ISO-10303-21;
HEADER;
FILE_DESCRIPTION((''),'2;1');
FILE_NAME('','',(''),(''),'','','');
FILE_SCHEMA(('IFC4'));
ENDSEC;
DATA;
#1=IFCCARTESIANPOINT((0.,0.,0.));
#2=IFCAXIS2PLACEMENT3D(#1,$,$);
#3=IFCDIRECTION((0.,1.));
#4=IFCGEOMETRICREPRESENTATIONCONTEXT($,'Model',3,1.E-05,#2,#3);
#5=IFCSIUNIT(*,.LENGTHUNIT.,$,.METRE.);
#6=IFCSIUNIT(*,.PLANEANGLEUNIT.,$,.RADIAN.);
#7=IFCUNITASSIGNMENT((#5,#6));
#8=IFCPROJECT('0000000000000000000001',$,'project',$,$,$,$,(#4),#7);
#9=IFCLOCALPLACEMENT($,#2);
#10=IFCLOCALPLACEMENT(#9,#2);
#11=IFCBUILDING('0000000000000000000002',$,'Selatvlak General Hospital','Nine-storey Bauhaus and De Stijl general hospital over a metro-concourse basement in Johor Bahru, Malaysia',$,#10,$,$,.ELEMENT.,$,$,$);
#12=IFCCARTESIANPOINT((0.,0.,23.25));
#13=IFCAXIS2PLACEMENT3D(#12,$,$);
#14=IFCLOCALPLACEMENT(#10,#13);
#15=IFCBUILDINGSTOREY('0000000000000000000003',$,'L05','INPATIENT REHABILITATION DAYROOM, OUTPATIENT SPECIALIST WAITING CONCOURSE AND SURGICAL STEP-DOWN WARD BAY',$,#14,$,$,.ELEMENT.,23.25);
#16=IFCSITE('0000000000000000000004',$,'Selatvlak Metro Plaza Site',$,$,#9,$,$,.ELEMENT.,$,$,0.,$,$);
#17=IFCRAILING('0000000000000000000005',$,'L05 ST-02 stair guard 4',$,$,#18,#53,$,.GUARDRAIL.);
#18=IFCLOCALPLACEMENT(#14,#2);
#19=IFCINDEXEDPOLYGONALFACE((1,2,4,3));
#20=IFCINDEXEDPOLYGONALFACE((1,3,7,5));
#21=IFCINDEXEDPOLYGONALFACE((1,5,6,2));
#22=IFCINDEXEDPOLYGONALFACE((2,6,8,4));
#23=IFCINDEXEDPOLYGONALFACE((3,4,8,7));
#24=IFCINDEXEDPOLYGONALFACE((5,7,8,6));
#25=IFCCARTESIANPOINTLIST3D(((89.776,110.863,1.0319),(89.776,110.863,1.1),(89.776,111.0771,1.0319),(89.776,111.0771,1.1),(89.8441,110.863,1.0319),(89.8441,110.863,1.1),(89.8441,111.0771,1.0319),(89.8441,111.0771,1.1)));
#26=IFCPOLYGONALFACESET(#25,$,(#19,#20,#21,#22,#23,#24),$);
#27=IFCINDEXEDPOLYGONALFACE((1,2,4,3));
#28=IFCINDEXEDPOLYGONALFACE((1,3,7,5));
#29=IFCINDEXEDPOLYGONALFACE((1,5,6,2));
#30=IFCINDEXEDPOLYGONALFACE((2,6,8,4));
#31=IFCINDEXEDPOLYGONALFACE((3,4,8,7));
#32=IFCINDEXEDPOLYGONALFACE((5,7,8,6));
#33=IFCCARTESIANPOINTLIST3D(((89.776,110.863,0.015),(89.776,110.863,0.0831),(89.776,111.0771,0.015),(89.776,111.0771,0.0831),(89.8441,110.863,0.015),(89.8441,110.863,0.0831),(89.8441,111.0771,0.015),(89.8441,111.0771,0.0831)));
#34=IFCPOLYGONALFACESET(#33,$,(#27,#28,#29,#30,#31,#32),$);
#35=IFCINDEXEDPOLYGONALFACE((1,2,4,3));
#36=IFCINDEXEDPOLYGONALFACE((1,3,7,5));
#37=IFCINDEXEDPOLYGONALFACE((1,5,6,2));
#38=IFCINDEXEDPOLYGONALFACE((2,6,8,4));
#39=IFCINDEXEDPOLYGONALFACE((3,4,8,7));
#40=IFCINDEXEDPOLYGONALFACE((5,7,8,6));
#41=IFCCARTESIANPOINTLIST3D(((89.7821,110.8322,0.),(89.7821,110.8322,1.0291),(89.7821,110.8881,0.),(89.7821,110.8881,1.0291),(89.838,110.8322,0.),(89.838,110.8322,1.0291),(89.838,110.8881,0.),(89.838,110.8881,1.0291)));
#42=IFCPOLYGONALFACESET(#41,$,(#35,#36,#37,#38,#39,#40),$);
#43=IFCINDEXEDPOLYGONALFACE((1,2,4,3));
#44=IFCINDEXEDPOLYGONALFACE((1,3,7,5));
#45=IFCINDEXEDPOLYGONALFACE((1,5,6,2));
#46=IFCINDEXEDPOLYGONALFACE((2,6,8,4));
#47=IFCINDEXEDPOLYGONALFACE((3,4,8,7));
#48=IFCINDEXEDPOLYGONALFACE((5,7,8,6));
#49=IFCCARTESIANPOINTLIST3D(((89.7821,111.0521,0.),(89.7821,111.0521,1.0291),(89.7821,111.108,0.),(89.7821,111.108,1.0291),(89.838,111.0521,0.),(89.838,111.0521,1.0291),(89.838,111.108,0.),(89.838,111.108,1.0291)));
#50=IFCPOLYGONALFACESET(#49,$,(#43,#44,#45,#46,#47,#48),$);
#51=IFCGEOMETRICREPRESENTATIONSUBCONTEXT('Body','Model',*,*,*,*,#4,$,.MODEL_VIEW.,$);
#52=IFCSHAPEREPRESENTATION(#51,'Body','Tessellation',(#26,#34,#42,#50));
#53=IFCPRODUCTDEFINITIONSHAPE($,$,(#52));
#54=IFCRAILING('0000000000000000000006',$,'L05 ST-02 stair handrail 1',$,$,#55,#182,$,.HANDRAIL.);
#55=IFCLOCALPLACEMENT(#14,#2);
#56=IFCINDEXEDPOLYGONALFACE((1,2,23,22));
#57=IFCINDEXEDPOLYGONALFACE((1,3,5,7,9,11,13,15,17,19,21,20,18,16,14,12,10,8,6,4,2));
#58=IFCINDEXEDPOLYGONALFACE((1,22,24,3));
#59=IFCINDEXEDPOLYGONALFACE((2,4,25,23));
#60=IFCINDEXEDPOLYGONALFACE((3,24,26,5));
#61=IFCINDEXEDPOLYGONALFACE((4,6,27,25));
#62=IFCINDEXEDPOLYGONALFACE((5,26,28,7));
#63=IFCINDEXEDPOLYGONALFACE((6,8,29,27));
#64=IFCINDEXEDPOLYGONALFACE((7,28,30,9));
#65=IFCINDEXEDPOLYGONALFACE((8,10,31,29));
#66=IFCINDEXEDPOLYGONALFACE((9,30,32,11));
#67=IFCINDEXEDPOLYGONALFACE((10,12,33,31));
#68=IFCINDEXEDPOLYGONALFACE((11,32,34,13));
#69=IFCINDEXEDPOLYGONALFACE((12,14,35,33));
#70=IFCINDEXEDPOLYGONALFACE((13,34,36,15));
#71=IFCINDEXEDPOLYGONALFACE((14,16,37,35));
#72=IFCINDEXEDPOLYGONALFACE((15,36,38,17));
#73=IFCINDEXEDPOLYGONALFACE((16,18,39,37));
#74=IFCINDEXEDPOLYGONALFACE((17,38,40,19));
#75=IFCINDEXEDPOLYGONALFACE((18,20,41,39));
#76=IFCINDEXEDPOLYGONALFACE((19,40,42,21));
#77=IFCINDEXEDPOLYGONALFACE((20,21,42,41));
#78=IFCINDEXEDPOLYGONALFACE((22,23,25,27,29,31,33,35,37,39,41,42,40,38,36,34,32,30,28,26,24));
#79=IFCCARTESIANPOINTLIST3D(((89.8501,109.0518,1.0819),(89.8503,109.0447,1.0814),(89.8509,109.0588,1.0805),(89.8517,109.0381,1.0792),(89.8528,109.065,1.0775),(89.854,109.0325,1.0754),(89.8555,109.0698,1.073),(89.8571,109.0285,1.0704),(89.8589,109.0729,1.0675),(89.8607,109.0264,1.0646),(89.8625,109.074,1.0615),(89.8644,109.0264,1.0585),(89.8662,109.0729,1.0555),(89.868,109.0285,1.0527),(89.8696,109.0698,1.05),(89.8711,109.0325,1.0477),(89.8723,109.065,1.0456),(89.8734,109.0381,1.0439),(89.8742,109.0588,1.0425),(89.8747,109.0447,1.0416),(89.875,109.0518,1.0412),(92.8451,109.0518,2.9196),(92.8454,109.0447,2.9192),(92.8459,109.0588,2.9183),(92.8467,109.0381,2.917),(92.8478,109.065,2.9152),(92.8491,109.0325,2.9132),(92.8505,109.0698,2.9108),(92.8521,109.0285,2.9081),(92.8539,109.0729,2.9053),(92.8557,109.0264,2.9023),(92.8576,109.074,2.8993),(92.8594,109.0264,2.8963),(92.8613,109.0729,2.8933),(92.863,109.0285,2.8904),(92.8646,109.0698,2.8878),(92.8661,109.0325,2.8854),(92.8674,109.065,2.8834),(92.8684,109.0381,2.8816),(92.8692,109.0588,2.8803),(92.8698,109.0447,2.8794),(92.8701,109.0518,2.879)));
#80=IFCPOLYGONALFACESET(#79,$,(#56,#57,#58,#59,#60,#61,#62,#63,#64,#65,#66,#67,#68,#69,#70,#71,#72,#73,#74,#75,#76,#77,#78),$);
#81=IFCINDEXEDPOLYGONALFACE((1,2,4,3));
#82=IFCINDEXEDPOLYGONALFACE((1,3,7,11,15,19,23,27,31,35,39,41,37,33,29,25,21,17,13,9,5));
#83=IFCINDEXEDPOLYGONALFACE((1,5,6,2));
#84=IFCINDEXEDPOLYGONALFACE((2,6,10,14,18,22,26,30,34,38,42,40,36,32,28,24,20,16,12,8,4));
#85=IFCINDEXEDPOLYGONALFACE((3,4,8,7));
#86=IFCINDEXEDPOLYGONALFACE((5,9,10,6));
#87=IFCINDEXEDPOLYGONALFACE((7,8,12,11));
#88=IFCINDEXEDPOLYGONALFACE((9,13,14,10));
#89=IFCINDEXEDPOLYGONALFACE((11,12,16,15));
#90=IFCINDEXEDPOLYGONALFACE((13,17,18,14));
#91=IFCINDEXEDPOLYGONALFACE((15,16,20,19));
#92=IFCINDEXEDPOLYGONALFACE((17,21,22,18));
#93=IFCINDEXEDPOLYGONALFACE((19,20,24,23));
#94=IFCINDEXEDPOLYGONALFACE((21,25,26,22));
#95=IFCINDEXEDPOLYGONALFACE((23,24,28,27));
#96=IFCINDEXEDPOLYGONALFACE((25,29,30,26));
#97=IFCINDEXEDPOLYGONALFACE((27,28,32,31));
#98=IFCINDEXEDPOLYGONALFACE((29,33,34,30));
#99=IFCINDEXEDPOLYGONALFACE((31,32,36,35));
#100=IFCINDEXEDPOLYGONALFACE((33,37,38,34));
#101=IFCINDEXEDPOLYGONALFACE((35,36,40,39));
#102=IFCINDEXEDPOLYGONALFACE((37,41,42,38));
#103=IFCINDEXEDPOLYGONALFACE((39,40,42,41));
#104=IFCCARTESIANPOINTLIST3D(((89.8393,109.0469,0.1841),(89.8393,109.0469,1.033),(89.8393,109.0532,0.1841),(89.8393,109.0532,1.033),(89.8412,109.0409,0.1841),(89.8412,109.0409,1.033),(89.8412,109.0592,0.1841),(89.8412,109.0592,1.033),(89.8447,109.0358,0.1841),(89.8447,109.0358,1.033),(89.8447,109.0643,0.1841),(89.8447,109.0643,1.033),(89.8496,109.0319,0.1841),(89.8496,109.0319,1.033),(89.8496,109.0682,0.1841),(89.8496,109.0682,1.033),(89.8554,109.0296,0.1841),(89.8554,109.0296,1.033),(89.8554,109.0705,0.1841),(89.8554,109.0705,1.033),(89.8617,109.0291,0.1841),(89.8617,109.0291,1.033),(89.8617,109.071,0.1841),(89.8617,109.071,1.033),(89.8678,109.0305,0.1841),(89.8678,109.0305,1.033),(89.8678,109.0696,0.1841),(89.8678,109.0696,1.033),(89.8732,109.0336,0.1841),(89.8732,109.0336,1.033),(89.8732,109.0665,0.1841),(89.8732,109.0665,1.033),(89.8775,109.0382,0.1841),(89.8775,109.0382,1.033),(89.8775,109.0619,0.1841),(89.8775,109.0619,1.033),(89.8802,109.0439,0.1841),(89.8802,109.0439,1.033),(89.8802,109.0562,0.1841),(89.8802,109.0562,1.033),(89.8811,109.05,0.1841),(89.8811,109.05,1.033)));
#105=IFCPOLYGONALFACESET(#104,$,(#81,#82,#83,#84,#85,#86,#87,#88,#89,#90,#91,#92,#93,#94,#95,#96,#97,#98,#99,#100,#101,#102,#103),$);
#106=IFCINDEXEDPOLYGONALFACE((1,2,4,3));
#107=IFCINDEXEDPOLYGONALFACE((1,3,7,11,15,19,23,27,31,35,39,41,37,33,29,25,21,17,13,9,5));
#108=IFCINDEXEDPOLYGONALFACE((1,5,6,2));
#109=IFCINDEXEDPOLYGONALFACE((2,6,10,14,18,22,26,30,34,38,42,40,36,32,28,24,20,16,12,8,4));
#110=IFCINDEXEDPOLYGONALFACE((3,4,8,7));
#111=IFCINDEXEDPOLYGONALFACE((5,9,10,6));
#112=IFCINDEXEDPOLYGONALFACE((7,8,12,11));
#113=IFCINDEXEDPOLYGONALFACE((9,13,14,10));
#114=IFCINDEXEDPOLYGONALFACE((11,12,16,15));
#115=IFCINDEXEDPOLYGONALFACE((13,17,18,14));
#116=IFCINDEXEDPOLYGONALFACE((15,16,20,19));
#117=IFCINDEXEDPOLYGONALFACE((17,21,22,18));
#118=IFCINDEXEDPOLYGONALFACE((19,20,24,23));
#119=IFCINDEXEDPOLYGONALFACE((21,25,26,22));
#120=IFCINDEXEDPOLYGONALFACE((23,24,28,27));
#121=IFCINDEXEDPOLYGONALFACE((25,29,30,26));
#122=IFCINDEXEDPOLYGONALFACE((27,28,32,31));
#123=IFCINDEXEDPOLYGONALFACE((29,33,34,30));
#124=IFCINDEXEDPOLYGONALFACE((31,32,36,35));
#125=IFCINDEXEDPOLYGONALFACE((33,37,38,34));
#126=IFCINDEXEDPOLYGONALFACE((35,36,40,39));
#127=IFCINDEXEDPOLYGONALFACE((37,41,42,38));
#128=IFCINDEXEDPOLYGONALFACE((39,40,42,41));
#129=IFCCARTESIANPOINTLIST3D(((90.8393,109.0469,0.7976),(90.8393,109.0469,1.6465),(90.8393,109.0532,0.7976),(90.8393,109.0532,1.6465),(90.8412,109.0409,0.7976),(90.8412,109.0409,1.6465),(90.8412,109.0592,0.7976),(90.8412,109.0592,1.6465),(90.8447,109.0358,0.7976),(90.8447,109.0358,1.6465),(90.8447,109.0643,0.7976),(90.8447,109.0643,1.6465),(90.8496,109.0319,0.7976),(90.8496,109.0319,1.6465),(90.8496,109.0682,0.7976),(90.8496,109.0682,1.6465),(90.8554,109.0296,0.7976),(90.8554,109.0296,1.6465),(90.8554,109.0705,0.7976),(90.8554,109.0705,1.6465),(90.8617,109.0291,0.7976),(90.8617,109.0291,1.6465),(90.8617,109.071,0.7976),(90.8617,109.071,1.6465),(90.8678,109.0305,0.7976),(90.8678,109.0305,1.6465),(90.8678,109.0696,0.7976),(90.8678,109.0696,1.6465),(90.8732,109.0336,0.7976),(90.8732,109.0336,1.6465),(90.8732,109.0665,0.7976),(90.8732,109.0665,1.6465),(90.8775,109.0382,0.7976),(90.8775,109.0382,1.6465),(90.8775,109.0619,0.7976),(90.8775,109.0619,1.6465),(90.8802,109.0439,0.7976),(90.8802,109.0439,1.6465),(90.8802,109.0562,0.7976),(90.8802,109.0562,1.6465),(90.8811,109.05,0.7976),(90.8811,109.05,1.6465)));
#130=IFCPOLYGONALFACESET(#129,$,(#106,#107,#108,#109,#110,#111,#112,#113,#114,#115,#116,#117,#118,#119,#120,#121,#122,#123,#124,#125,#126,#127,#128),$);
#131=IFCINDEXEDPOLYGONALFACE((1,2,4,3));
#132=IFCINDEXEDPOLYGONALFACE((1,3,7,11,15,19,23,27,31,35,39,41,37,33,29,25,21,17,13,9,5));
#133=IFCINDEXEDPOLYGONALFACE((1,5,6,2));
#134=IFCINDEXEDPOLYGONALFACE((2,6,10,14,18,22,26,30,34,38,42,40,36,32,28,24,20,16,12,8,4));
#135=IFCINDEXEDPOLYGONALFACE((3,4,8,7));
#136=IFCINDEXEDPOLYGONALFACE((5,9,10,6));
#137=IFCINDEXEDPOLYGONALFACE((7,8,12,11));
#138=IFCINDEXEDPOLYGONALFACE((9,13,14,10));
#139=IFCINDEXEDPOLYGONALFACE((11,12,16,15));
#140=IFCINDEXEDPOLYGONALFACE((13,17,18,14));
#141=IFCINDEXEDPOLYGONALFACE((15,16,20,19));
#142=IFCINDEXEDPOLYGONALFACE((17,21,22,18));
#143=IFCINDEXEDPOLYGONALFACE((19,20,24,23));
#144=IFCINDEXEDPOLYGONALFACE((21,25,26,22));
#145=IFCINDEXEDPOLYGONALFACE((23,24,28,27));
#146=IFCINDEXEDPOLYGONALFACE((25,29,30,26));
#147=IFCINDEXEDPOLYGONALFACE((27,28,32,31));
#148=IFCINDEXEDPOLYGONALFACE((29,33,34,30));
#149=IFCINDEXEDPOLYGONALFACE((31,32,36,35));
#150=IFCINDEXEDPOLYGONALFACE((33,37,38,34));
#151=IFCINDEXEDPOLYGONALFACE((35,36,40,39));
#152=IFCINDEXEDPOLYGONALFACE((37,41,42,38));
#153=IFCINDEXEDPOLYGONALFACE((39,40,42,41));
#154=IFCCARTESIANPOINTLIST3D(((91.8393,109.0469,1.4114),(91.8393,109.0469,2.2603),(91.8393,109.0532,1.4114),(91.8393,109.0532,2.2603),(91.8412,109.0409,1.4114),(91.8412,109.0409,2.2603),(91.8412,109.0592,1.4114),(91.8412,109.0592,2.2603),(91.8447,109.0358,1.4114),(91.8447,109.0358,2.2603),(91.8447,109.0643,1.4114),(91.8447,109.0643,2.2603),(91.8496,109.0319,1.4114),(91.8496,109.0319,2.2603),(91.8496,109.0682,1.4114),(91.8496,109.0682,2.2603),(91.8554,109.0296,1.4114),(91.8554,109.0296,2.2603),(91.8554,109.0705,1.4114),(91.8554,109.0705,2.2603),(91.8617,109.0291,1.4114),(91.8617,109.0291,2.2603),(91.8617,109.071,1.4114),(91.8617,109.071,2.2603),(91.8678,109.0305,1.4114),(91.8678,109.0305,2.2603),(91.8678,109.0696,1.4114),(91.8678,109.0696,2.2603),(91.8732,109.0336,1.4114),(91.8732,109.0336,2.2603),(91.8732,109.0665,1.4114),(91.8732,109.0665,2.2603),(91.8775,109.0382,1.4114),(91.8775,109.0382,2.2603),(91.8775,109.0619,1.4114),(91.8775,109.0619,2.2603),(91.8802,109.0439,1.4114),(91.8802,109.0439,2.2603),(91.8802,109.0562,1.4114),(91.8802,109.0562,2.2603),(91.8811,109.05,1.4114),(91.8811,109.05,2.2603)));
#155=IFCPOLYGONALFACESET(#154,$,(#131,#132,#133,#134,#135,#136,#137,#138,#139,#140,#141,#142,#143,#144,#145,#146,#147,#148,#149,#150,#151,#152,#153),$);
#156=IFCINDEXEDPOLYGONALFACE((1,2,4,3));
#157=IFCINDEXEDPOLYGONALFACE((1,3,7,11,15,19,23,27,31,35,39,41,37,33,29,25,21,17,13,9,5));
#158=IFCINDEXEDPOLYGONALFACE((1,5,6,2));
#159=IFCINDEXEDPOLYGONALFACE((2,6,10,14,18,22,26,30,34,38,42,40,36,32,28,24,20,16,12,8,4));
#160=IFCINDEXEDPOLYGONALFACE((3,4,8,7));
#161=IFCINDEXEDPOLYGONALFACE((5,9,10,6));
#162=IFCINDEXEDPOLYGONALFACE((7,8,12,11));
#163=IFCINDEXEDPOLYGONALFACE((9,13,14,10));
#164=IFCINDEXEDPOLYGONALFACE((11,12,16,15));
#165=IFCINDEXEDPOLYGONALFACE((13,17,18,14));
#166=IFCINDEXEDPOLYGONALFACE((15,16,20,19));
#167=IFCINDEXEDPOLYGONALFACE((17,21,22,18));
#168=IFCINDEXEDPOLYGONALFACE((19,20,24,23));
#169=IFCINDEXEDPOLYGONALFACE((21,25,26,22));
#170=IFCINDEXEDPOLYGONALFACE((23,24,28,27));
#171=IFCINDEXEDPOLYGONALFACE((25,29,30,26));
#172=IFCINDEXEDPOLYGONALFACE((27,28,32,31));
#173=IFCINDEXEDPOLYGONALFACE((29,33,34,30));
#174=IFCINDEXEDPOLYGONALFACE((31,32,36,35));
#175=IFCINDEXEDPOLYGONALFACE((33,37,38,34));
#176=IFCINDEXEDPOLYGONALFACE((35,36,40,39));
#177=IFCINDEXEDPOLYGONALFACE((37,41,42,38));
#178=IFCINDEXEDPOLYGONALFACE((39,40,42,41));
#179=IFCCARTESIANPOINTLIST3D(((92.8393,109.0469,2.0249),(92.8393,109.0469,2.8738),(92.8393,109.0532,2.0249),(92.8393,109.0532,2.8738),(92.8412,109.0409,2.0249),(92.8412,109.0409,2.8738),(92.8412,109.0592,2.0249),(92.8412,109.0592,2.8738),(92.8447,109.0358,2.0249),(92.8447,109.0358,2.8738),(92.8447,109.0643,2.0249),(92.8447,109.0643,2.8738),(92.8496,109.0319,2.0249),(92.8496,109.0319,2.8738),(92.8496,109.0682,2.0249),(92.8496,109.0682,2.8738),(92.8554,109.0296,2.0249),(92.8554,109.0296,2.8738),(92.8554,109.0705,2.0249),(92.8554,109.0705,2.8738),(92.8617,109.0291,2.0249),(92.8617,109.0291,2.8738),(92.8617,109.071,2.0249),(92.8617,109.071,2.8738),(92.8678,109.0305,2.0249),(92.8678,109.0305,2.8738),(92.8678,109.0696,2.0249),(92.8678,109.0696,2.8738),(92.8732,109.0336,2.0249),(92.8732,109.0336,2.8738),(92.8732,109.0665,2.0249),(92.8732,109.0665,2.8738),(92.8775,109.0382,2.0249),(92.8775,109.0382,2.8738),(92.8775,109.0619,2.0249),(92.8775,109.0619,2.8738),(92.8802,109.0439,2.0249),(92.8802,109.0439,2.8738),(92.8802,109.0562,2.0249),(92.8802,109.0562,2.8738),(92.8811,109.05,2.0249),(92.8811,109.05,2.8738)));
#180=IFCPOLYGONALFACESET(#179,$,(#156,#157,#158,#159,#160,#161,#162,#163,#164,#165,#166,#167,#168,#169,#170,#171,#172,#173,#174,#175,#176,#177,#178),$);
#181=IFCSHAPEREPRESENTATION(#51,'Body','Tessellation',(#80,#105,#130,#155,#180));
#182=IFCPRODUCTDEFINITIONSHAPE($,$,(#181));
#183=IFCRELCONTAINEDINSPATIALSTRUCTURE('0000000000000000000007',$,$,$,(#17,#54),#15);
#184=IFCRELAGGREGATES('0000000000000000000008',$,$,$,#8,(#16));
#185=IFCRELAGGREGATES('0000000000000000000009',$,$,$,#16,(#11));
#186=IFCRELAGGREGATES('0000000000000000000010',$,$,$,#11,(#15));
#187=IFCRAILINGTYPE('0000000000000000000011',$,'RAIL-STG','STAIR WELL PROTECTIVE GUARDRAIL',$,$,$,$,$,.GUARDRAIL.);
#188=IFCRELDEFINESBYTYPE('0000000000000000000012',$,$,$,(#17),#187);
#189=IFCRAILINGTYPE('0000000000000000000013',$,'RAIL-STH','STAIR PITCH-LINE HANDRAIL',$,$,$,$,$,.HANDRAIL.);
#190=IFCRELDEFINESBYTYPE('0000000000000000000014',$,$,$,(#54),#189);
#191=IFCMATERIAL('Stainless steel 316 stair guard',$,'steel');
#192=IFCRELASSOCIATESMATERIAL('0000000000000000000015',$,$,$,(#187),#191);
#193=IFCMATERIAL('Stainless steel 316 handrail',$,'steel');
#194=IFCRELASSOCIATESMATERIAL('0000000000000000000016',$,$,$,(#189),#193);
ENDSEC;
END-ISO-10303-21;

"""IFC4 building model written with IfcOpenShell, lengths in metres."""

from ifc_helpers import new_model, si_unit, direction, frame, origin, origin_2d, place, context, subcontext, project, spatial, rectangle, circle, extrude, material, type_object, element, save


model = new_model("IFC4")

# Units and contexts
model_context = context("Model", 3, precision=1e-05, world=origin(), true_north=direction((0.0, 1.0)))
body_context = subcontext(model_context, "Body", "Model", "MODEL_VIEW")
ifc_project = project(units=[si_unit("LENGTHUNIT", "METRE"), si_unit("PLANEANGLEUNIT", "RADIAN")], contexts=[model_context])

# Site, building, storey
site_placement = place(None, origin())
site = spatial("IfcSite", under=ifc_project, at=site_placement, Name="Selatvlak Metro Plaza Site", CompositionType="ELEMENT", RefElevation=0.0)
building_placement = place(site_placement, origin())
building = spatial("IfcBuilding", under=site, at=building_placement, Name="Selatvlak General Hospital", Description="Nine-storey Bauhaus and De Stijl general hospital over a metro-concourse basement in Johor Bahru, Malaysia", CompositionType="ELEMENT")
storey_placement = place(building_placement, frame((0.0, 0.0, 23.25)))
storey = spatial("IfcBuildingStorey", under=building, at=storey_placement, Name="L05", Description="INPATIENT REHABILITATION DAYROOM, OUTPATIENT SPECIALIST WAITING CONCOURSE AND SURGICAL STEP-DOWN WARD BAY", CompositionType="ELEMENT", Elevation=23.25)

# Railings
ifc_material_1 = material(Name="Stainless steel 316 stair guard", Category="steel")
railing_type_1 = type_object("IfcRailingType", Name="RAIL-STG", Description="STAIR WELL PROTECTIVE GUARDRAIL", PredefinedType="GUARDRAIL", material=ifc_material_1)
railing_1_placement = place(storey_placement, frame((89.8101, 110.8601, 0.0)))
element("IfcRailing", 1, at=railing_1_placement, inside=storey, type_object=railing_type_1, Name="L05 ST-02 stair guard 4", PredefinedType="GUARDRAIL", context=body_context, shape_type="SweptSolid", body=[
    extrude(rectangle(XDim=0.0681, YDim=0.0681, at=origin_2d()), frame((0.0, 0.0029, 1.0659), z_axis=(0.0, 1.0, 0.0), x_axis=(-1.0, 0.0, 0.0)), (0.0, 0.0, 1.0), 0.2141),
    extrude(rectangle(XDim=0.0681, YDim=0.0681, at=origin_2d()), frame((0.0, 0.0029, 0.0491), z_axis=(0.0, 1.0, 0.0), x_axis=(-1.0, 0.0, 0.0)), (0.0, 0.0, 1.0), 0.2141),
    extrude(rectangle(XDim=0.0559, YDim=0.0559, at=origin_2d()), origin(), (0.0, 0.0, 1.0), 1.0291),
    extrude(rectangle(XDim=0.0559, YDim=0.0559, at=origin_2d()), frame((0.0, 0.22, 0.0)), (0.0, 0.0, 1.0), 1.0291),
])
ifc_material_2 = material(Name="Stainless steel 316 handrail", Category="steel")
railing_type_2 = type_object("IfcRailingType", Name="RAIL-STH", Description="STAIR PITCH-LINE HANDRAIL", PredefinedType="HANDRAIL", material=ifc_material_2)
railing_2_placement = place(storey_placement, frame((89.8601, 109.05, 0.1841)))
element("IfcRailing", 2, at=railing_2_placement, inside=storey, type_object=railing_type_2, Name="L05 ST-02 stair handrail 1", PredefinedType="HANDRAIL", context=body_context, shape_type="SweptSolid", body=[
    extrude(circle(Radius=0.0239, at=origin_2d()), frame((0.0024, 0.0, 0.8774), z_axis=(0.852334, 0.0, 0.522998), x_axis=(0.0, 1.0, 0.0)), (0.0, 0.0, 1.0), 3.5139),
    extrude(circle(Radius=0.021, at=origin_2d()), origin(), (0.0, 0.0, 1.0), 0.8489),
    extrude(circle(Radius=0.021, at=origin_2d()), frame((1.0, 0.0, 0.6135)), (0.0, 0.0, 1.0), 0.8489),
    extrude(circle(Radius=0.021, at=origin_2d()), frame((2.0, 0.0, 1.2273)), (0.0, 0.0, 1.0), 0.8489),
    extrude(circle(Radius=0.021, at=origin_2d()), frame((3.0, 0.0, 1.8408)), (0.0, 0.0, 1.0), 0.8489),
])

save(model, "model.ifc")
